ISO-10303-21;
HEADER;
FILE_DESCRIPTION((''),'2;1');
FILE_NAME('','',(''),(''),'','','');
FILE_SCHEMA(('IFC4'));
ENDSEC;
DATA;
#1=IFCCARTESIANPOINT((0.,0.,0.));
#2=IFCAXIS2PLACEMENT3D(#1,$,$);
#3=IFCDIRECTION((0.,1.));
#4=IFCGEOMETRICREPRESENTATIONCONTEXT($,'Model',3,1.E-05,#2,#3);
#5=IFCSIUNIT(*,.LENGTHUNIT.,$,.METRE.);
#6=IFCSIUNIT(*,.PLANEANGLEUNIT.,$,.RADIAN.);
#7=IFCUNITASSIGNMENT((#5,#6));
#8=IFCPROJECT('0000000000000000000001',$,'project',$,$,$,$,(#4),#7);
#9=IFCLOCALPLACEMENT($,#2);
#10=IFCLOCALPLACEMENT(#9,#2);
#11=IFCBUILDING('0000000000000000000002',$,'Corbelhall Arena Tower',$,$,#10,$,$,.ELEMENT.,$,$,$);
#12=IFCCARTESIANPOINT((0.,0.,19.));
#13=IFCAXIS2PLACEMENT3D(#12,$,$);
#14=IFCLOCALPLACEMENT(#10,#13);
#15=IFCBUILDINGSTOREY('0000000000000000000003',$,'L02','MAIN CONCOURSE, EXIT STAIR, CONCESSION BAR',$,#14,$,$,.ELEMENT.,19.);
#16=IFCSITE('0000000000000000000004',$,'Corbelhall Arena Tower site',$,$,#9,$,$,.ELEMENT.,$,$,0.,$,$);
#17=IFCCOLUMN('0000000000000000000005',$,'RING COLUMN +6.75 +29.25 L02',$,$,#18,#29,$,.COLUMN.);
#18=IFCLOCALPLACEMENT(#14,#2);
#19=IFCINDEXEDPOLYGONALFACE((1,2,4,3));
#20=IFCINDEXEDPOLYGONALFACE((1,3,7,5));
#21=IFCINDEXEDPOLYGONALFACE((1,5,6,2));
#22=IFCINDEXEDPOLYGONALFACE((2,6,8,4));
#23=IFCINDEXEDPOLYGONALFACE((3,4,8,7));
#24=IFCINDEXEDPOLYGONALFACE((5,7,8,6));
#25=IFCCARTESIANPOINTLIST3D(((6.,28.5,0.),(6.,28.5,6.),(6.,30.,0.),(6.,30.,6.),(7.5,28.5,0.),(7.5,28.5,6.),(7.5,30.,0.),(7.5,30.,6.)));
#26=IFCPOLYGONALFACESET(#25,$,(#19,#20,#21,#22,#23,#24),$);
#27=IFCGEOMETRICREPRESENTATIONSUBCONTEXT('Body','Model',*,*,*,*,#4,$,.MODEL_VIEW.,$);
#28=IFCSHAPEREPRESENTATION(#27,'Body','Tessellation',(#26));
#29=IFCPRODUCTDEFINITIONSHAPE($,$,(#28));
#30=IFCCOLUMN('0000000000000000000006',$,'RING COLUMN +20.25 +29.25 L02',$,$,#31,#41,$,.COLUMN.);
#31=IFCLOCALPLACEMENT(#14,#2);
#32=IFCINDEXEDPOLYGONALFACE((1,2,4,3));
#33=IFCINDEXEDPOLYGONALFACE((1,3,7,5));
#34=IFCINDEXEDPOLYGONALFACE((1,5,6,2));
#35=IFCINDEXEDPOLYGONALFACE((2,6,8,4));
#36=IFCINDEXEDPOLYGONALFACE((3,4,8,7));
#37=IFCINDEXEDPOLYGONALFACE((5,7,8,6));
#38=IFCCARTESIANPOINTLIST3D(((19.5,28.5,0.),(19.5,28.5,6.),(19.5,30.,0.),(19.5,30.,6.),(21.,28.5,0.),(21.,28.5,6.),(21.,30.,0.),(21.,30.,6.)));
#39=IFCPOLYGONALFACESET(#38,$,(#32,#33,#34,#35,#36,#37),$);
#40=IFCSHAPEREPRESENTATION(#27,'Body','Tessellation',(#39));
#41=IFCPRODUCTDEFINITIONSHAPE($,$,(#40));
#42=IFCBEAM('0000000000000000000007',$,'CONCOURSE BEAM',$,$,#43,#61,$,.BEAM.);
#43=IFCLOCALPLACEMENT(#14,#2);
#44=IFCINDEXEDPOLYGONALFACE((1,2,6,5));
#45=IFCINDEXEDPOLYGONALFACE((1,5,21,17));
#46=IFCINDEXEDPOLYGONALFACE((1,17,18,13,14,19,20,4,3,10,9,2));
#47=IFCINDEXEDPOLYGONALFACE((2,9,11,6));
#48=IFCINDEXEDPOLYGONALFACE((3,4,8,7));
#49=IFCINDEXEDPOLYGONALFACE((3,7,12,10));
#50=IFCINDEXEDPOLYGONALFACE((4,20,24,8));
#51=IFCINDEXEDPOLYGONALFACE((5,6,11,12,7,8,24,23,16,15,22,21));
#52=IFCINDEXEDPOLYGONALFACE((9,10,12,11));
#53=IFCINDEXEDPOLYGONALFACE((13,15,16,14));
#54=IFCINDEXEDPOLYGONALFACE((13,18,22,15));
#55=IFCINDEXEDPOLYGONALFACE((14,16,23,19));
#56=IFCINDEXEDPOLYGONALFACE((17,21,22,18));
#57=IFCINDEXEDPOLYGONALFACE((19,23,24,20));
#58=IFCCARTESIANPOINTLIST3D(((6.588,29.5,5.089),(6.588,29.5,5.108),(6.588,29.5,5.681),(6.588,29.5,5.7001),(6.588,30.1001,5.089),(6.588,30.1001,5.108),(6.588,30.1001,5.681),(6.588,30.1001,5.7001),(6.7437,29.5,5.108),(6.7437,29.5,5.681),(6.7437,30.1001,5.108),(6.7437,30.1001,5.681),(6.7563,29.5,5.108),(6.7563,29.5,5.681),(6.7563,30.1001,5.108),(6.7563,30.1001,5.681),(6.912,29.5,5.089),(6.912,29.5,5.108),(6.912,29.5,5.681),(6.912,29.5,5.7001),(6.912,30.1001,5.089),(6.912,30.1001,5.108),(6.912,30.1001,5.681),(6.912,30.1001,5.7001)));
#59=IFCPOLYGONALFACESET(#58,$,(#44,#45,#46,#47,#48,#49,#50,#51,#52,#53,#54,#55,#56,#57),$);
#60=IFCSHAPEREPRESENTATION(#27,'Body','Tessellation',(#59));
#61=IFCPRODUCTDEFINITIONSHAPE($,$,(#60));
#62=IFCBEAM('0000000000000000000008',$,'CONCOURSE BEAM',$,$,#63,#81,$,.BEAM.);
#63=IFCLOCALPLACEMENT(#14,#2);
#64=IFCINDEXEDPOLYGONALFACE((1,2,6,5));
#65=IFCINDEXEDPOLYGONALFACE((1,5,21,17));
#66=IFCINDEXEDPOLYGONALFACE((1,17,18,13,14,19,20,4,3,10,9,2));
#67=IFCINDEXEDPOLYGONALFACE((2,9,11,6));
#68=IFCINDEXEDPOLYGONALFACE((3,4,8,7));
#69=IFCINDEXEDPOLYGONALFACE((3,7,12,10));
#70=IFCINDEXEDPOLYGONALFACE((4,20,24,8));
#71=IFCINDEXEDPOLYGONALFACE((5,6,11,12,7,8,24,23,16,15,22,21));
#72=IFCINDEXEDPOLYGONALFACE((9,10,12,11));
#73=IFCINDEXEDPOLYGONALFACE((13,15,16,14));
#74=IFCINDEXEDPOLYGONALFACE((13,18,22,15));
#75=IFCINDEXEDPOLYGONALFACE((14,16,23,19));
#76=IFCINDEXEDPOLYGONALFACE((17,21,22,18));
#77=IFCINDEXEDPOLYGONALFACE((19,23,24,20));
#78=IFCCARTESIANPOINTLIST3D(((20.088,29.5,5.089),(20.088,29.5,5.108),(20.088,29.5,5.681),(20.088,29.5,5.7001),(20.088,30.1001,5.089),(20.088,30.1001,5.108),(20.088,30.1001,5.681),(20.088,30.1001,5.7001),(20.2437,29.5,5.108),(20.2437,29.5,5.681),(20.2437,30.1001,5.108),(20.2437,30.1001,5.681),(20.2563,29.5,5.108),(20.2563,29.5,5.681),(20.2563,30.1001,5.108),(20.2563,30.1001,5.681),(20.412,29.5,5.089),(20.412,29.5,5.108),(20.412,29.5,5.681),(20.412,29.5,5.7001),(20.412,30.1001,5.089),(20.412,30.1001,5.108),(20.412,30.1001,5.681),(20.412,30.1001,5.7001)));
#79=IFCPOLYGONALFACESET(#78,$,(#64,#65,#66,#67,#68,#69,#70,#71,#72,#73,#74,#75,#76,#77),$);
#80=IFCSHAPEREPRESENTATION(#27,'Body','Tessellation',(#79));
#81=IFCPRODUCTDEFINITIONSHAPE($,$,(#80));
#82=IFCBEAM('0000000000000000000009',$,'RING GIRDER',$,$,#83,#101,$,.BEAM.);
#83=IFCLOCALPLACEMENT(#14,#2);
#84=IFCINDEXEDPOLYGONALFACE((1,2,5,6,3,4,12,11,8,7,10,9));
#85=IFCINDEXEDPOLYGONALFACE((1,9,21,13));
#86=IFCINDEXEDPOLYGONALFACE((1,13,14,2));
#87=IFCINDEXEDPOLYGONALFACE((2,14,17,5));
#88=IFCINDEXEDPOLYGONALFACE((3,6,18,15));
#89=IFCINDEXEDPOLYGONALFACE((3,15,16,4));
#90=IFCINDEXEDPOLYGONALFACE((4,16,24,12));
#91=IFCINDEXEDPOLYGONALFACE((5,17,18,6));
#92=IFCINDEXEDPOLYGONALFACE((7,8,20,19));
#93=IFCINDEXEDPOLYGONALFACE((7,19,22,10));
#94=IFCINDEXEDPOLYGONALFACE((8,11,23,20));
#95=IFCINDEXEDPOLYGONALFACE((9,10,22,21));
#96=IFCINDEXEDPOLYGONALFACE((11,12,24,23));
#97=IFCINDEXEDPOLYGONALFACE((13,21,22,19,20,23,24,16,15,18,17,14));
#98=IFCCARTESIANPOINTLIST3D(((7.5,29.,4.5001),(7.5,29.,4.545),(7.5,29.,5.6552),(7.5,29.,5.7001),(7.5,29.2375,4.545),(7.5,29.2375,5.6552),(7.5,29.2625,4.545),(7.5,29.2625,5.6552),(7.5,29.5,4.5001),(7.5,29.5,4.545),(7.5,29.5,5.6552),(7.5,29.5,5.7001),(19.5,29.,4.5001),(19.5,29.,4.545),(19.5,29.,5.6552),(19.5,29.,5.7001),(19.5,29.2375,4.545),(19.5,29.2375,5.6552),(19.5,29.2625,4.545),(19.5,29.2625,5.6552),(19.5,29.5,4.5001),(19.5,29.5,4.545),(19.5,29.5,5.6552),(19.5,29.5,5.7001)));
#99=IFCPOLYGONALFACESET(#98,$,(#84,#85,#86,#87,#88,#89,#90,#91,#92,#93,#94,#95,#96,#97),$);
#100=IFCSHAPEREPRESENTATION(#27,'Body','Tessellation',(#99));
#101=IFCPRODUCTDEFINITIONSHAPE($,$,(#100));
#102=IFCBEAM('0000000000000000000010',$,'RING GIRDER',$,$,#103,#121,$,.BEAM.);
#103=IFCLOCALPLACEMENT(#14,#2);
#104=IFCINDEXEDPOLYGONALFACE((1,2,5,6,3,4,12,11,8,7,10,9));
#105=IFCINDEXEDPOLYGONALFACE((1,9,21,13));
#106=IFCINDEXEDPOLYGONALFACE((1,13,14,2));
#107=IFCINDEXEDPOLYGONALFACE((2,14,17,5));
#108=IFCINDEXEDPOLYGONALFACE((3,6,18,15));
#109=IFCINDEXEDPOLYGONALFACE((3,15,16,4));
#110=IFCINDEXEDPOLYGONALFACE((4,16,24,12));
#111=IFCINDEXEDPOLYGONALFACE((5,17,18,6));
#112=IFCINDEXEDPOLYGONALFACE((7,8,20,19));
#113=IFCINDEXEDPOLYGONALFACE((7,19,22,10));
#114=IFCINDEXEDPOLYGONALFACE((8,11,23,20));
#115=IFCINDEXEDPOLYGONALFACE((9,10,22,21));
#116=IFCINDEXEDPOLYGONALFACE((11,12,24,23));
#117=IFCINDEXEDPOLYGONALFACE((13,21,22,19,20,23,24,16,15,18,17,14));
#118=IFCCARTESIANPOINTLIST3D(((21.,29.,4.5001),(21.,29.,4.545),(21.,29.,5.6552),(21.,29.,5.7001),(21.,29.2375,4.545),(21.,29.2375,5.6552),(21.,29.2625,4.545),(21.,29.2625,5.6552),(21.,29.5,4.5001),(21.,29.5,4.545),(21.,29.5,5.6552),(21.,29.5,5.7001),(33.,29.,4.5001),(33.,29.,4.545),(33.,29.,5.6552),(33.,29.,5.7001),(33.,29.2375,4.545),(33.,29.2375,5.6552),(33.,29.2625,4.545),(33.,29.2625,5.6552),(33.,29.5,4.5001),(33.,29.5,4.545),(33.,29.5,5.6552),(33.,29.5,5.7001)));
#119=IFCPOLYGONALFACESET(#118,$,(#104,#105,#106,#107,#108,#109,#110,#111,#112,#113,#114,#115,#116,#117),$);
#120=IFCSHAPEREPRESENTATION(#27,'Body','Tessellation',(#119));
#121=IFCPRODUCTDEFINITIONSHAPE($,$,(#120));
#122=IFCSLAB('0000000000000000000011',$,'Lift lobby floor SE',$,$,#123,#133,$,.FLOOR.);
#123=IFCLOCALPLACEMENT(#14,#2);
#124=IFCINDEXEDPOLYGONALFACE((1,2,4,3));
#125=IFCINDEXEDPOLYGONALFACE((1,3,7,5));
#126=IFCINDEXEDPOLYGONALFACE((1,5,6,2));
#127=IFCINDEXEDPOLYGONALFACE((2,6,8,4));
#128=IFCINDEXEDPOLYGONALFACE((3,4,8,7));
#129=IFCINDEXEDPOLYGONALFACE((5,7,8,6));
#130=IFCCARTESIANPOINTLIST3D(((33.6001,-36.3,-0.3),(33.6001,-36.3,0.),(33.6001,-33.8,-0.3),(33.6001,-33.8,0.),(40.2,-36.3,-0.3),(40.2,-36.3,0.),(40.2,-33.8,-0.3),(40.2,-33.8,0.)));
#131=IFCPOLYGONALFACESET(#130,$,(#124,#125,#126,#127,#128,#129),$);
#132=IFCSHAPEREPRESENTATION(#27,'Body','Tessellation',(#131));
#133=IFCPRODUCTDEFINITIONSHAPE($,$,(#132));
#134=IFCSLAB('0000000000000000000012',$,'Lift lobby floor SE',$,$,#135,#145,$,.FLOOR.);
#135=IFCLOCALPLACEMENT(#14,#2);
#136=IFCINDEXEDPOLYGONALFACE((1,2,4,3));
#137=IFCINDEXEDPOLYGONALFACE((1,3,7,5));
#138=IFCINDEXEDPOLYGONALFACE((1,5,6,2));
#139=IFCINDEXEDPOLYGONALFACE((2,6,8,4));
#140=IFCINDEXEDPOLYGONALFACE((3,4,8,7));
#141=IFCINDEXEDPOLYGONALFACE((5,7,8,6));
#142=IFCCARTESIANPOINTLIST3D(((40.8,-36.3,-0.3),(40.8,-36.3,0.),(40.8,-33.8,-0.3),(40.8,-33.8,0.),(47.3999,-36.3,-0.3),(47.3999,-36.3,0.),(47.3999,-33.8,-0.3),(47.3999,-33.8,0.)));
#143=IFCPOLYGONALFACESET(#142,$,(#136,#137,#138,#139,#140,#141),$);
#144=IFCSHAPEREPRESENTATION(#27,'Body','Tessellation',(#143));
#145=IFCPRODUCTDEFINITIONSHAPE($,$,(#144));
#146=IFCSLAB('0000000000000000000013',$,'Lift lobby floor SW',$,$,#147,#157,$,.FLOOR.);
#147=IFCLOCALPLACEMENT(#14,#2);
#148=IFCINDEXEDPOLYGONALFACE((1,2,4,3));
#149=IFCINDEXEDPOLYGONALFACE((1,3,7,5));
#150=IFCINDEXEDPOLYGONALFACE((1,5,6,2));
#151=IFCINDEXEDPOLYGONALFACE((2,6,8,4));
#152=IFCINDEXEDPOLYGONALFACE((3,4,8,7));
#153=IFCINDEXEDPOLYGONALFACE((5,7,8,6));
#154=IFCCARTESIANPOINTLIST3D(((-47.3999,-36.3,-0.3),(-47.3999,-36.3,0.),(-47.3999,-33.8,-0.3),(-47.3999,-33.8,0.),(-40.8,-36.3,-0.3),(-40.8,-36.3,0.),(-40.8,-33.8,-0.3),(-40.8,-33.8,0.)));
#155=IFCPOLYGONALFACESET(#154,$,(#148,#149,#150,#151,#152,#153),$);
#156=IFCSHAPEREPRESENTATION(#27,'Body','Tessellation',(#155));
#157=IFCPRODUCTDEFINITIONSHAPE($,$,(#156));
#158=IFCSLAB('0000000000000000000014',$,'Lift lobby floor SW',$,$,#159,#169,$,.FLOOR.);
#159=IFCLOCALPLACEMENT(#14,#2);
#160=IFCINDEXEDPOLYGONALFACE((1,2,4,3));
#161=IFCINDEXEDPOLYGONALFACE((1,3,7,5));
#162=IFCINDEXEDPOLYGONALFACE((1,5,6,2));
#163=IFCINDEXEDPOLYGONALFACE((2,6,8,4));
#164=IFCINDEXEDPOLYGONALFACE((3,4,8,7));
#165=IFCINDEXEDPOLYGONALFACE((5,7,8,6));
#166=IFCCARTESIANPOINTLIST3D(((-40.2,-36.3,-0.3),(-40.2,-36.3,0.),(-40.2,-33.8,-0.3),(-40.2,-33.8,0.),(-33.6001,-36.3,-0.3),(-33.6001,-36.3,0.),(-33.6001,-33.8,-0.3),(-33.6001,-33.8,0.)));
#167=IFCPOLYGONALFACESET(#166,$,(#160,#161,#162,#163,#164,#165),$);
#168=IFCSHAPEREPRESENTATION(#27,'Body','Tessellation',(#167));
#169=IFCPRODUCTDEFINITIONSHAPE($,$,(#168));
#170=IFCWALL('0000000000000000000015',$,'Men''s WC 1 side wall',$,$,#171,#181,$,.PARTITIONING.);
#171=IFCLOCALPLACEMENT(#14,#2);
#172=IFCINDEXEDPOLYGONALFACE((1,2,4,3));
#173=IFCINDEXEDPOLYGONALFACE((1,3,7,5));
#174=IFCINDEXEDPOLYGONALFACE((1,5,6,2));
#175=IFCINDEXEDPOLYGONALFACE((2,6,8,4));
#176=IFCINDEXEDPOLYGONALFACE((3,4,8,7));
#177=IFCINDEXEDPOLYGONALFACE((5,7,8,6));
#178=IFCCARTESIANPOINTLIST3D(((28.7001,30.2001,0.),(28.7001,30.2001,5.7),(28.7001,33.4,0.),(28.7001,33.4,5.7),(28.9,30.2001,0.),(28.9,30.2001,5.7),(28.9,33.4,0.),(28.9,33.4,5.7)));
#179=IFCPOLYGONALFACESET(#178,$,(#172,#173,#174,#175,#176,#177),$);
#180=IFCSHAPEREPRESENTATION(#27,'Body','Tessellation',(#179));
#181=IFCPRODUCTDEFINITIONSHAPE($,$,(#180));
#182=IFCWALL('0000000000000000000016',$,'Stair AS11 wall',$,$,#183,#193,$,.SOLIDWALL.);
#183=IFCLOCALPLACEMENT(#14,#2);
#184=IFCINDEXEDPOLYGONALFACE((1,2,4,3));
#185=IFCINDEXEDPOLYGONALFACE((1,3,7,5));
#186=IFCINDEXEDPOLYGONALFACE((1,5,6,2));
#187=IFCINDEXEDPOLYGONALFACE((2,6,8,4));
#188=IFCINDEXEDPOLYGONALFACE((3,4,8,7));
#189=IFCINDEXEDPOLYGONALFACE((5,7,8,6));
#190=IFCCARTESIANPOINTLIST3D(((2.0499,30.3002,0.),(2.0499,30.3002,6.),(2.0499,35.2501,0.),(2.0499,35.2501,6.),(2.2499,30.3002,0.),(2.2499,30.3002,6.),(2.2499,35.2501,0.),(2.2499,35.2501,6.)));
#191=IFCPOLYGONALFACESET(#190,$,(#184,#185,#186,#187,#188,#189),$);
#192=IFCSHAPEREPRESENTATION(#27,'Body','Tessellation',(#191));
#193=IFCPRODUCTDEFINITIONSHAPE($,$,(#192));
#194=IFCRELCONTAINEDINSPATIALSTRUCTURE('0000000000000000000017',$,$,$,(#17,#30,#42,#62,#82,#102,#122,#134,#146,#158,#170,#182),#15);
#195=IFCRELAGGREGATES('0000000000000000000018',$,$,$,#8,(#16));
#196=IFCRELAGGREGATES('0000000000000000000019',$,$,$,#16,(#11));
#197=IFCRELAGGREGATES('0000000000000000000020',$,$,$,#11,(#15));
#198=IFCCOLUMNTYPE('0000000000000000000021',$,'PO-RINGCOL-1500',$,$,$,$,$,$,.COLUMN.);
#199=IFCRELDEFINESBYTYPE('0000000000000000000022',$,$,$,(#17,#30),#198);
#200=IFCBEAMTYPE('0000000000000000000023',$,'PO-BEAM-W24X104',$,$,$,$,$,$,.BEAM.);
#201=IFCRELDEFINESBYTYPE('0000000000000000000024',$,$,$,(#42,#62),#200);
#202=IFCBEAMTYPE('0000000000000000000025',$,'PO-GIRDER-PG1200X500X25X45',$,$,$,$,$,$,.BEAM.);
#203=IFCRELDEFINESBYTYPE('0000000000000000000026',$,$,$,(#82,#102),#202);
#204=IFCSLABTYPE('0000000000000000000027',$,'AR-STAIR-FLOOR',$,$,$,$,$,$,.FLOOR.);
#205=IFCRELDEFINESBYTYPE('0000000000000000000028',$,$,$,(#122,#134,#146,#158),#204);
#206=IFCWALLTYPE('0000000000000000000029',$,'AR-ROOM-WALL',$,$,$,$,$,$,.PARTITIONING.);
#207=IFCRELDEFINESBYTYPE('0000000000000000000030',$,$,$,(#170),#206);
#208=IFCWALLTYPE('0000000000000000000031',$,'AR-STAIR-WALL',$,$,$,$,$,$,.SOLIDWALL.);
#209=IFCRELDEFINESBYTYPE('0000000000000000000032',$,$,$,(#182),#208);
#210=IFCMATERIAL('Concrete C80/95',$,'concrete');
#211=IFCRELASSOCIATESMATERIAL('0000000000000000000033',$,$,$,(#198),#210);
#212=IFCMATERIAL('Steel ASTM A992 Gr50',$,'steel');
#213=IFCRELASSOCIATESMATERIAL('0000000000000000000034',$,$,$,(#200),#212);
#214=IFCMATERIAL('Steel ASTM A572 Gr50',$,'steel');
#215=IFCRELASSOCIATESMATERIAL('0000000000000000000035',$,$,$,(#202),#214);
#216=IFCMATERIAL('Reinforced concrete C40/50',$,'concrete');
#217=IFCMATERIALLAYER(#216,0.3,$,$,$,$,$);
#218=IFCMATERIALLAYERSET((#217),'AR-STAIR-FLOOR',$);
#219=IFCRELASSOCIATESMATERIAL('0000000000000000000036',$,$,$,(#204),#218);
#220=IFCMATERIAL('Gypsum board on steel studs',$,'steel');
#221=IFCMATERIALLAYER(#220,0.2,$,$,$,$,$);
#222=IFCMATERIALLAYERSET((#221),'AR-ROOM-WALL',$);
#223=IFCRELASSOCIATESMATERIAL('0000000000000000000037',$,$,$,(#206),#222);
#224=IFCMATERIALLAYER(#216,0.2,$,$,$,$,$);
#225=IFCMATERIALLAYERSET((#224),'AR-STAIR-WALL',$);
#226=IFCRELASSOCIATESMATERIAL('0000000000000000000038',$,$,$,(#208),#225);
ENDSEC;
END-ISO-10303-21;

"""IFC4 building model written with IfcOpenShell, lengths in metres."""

from ifc_helpers import new_model, si_unit, direction, frame, frame_2d, origin, origin_2d, place, context, subcontext, project, spatial, polyline, rectangle, i_section, outline, extrude, material, layer, layer_set, material_profile, profile_set, type_object, element, save


model = new_model("IFC4")

# Units and contexts
model_context = context("Model", 3, precision=1e-05, world=origin(), true_north=direction((0.0, 1.0)))
body_context = subcontext(model_context, "Body", "Model", "MODEL_VIEW")
ifc_project = project(units=[si_unit("LENGTHUNIT", "METRE"), si_unit("PLANEANGLEUNIT", "RADIAN")], contexts=[model_context])

# Site, building, storey
site_placement = place(None, origin())
site = spatial("IfcSite", under=ifc_project, at=site_placement, Name="Corbelhall Arena Tower site", CompositionType="ELEMENT", RefElevation=0.0)
building_placement = place(site_placement, origin())
building = spatial("IfcBuilding", under=site, at=building_placement, Name="Corbelhall Arena Tower", CompositionType="ELEMENT")
storey_placement = place(building_placement, frame((0.0, 0.0, 19.0)))
storey = spatial("IfcBuildingStorey", under=building, at=storey_placement, Name="L02", Description="MAIN CONCOURSE, EXIT STAIR, CONCESSION BAR", CompositionType="ELEMENT", Elevation=19.0)

# Columns
ifc_material_1 = material(Name="Concrete C80/95", Category="concrete")
ifc_material_profile_1 = material_profile(ifc_material_1, rectangle(XDim=1.5, YDim=1.5, at=origin_2d()))
ifc_profile_set_1 = profile_set([ifc_material_profile_1], Name="Concrete C80/95")
column_type = type_object("IfcColumnType", Name="PO-RINGCOL-1500", PredefinedType="COLUMN", material=ifc_profile_set_1)
for number, where, z_axis, x_axis, name in (
    (1, (6.75, 29.25, 0.0), (0.0, 0.0, 1.0), (1.0, 0.0, 0.0), "RING COLUMN +6.75 +29.25 L02"),
    (2, (20.25, 29.25, 0.0), (0.0, 0.0, 1.0), (1.0, 0.0, 0.0), "RING COLUMN +20.25 +29.25 L02"),
):
    element("IfcColumn", number, at=place(storey_placement, frame(where, z_axis=z_axis, x_axis=x_axis)), inside=storey, type_object=column_type, Name=name, PredefinedType="COLUMN", context=body_context, shape_type="SweptSolid", body=[
        extrude(rectangle(XDim=1.5, YDim=1.5, at=origin_2d()), origin(), (0.0, 0.0, 1.0), 6.0),
    ])

# Beams
ifc_material_2 = material(Name="Steel ASTM A992 Gr50", Category="steel")
ifc_material_profile_2 = material_profile(ifc_material_2, i_section(OverallWidth=0.324, OverallDepth=0.6111, WebThickness=0.0127, FlangeThickness=0.019, at=origin_2d()))
ifc_profile_set_2 = profile_set([ifc_material_profile_2], Name="Steel ASTM A992 Gr50")
beam_type_1 = type_object("IfcBeamType", Name="PO-BEAM-W24X104", PredefinedType="BEAM", material=ifc_profile_set_2)
for number, where, z_axis, x_axis, name in (
    (3, (6.75, 29.5, 5.3945), (0.0, 1.0, 0.0), (-1.0, 0.0, 0.0), "CONCOURSE BEAM"),
    (4, (20.25, 29.5, 5.3945), (0.0, 1.0, 0.0), (-1.0, 0.0, 0.0), "CONCOURSE BEAM"),
):
    element("IfcBeam", number, at=place(storey_placement, frame(where, z_axis=z_axis, x_axis=x_axis)), inside=storey, type_object=beam_type_1, Name=name, PredefinedType="BEAM", context=body_context, shape_type="SweptSolid", body=[
        extrude(i_section(OverallWidth=0.324, OverallDepth=0.6111, WebThickness=0.0127, FlangeThickness=0.019, at=origin_2d()), origin(), (0.0, 0.0, 1.0), 0.6001),
    ])
ifc_material_3 = material(Name="Steel ASTM A572 Gr50", Category="steel")
ifc_material_profile_3 = material_profile(ifc_material_3, i_section(OverallWidth=0.5, OverallDepth=1.2, WebThickness=0.0249, FlangeThickness=0.0449, at=origin_2d()))
ifc_profile_set_3 = profile_set([ifc_material_profile_3], Name="Steel ASTM A572 Gr50")
beam_type_2 = type_object("IfcBeamType", Name="PO-GIRDER-PG1200X500X25X45", PredefinedType="BEAM", material=ifc_profile_set_3)
for number, where, z_axis, x_axis, name in (
    (5, (7.5, 29.25, 5.1001), (1.0, 0.0, 0.0), (0.0, 1.0, 0.0), "RING GIRDER"),
    (6, (21.0, 29.25, 5.1001), (1.0, 0.0, 0.0), (0.0, 1.0, 0.0), "RING GIRDER"),
):
    element("IfcBeam", number, at=place(storey_placement, frame(where, z_axis=z_axis, x_axis=x_axis)), inside=storey, type_object=beam_type_2, Name=name, PredefinedType="BEAM", context=body_context, shape_type="SweptSolid", body=[
        extrude(i_section(OverallWidth=0.5, OverallDepth=1.2, WebThickness=0.0249, FlangeThickness=0.0449, at=origin_2d()), origin(), (0.0, 0.0, 1.0), 12.0),
    ])

# Slabs
ifc_material_4 = material(Name="Reinforced concrete C40/50", Category="concrete")
ifc_layer_1 = layer(ifc_material_4, 0.3)
ifc_layer_set_1 = layer_set([ifc_layer_1], Name="AR-STAIR-FLOOR")
slab_type = type_object("IfcSlabType", Name="AR-STAIR-FLOOR", PredefinedType="FLOOR", material=ifc_layer_set_1)
slab_1_placement = place(storey_placement, frame((0.0, 0.0, -0.3)))
element("IfcSlab", 7, at=slab_1_placement, inside=storey, type_object=slab_type, Name="Lift lobby floor SE", PredefinedType="FLOOR", context=body_context, shape_type="SweptSolid", body=[
    extrude(outline(polyline([(40.2, -36.3), (40.2, -33.8), (33.6001, -33.8), (33.6001, -36.3), (40.2, -36.3)])), origin(), (0.0, 0.0, 1.0), 0.3),
])
slab_2_placement = place(storey_placement, frame((0.0, 0.0, -0.3)))
element("IfcSlab", 8, at=slab_2_placement, inside=storey, type_object=slab_type, Name="Lift lobby floor SE", PredefinedType="FLOOR", context=body_context, shape_type="SweptSolid", body=[
    extrude(outline(polyline([(47.3999, -36.3), (47.3999, -33.8), (40.8, -33.8), (40.8, -36.3), (47.3999, -36.3)])), origin(), (0.0, 0.0, 1.0), 0.3),
])
slab_3_placement = place(storey_placement, frame((0.0, 0.0, -0.3)))
element("IfcSlab", 9, at=slab_3_placement, inside=storey, type_object=slab_type, Name="Lift lobby floor SW", PredefinedType="FLOOR", context=body_context, shape_type="SweptSolid", body=[
    extrude(outline(polyline([(-40.8, -36.3), (-40.8, -33.8), (-47.3999, -33.8), (-47.3999, -36.3), (-40.8, -36.3)])), origin(), (0.0, 0.0, 1.0), 0.3),
])
slab_4_placement = place(storey_placement, frame((0.0, 0.0, -0.3)))
element("IfcSlab", 10, at=slab_4_placement, inside=storey, type_object=slab_type, Name="Lift lobby floor SW", PredefinedType="FLOOR", context=body_context, shape_type="SweptSolid", body=[
    extrude(outline(polyline([(-33.6001, -36.3), (-33.6001, -33.8), (-40.2, -33.8), (-40.2, -36.3), (-33.6001, -36.3)])), origin(), (0.0, 0.0, 1.0), 0.3),
])

# Shared definitions
ifc_material_5 = material(Name="Gypsum board on steel studs", Category="steel")
ifc_layer_2 = layer(ifc_material_5, 0.2)
ifc_layer_set_2 = layer_set([ifc_layer_2], Name="AR-ROOM-WALL")
wall_type_1 = type_object("IfcWallType", Name="AR-ROOM-WALL", PredefinedType="PARTITIONING", material=ifc_layer_set_2)

# Wall
wall_1_placement = place(storey_placement, frame((28.8, 30.2, 0.0), z_axis=(0.0, 0.0, 1.0), x_axis=(0.0, 1.0, 0.0)))
element("IfcWall", 11, at=wall_1_placement, inside=storey, type_object=wall_type_1, Name="Men's WC 1 side wall", PredefinedType="PARTITIONING", context=body_context, shape_type="SweptSolid", body=[
    extrude(rectangle(XDim=3.2, YDim=0.2, at=frame_2d((1.6001, 0.0))), origin(), (0.0, 0.0, 1.0), 5.7),
])

# Shared definitions
ifc_layer_3 = layer(ifc_material_4, 0.2)
ifc_layer_set_3 = layer_set([ifc_layer_3], Name="AR-STAIR-WALL")
wall_type_2 = type_object("IfcWallType", Name="AR-STAIR-WALL", PredefinedType="SOLIDWALL", material=ifc_layer_set_3)

# Wall
for number, where, z_axis, x_axis, name in (
    (12, (2.1499, 30.3, 0.0), (0.0, 0.0, 1.0), (0.0, 1.0, 0.0), "Stair AS11 wall"),
):
    element("IfcWall", number, at=place(storey_placement, frame(where, z_axis=z_axis, x_axis=x_axis)), inside=storey, type_object=wall_type_2, Name=name, PredefinedType="SOLIDWALL", context=body_context, shape_type="SweptSolid", body=[
        extrude(rectangle(XDim=4.95, YDim=0.2, at=frame_2d((2.4751, 0.0))), origin(), (0.0, 0.0, 1.0), 6.0),
    ])

save(model, "model.ifc")
